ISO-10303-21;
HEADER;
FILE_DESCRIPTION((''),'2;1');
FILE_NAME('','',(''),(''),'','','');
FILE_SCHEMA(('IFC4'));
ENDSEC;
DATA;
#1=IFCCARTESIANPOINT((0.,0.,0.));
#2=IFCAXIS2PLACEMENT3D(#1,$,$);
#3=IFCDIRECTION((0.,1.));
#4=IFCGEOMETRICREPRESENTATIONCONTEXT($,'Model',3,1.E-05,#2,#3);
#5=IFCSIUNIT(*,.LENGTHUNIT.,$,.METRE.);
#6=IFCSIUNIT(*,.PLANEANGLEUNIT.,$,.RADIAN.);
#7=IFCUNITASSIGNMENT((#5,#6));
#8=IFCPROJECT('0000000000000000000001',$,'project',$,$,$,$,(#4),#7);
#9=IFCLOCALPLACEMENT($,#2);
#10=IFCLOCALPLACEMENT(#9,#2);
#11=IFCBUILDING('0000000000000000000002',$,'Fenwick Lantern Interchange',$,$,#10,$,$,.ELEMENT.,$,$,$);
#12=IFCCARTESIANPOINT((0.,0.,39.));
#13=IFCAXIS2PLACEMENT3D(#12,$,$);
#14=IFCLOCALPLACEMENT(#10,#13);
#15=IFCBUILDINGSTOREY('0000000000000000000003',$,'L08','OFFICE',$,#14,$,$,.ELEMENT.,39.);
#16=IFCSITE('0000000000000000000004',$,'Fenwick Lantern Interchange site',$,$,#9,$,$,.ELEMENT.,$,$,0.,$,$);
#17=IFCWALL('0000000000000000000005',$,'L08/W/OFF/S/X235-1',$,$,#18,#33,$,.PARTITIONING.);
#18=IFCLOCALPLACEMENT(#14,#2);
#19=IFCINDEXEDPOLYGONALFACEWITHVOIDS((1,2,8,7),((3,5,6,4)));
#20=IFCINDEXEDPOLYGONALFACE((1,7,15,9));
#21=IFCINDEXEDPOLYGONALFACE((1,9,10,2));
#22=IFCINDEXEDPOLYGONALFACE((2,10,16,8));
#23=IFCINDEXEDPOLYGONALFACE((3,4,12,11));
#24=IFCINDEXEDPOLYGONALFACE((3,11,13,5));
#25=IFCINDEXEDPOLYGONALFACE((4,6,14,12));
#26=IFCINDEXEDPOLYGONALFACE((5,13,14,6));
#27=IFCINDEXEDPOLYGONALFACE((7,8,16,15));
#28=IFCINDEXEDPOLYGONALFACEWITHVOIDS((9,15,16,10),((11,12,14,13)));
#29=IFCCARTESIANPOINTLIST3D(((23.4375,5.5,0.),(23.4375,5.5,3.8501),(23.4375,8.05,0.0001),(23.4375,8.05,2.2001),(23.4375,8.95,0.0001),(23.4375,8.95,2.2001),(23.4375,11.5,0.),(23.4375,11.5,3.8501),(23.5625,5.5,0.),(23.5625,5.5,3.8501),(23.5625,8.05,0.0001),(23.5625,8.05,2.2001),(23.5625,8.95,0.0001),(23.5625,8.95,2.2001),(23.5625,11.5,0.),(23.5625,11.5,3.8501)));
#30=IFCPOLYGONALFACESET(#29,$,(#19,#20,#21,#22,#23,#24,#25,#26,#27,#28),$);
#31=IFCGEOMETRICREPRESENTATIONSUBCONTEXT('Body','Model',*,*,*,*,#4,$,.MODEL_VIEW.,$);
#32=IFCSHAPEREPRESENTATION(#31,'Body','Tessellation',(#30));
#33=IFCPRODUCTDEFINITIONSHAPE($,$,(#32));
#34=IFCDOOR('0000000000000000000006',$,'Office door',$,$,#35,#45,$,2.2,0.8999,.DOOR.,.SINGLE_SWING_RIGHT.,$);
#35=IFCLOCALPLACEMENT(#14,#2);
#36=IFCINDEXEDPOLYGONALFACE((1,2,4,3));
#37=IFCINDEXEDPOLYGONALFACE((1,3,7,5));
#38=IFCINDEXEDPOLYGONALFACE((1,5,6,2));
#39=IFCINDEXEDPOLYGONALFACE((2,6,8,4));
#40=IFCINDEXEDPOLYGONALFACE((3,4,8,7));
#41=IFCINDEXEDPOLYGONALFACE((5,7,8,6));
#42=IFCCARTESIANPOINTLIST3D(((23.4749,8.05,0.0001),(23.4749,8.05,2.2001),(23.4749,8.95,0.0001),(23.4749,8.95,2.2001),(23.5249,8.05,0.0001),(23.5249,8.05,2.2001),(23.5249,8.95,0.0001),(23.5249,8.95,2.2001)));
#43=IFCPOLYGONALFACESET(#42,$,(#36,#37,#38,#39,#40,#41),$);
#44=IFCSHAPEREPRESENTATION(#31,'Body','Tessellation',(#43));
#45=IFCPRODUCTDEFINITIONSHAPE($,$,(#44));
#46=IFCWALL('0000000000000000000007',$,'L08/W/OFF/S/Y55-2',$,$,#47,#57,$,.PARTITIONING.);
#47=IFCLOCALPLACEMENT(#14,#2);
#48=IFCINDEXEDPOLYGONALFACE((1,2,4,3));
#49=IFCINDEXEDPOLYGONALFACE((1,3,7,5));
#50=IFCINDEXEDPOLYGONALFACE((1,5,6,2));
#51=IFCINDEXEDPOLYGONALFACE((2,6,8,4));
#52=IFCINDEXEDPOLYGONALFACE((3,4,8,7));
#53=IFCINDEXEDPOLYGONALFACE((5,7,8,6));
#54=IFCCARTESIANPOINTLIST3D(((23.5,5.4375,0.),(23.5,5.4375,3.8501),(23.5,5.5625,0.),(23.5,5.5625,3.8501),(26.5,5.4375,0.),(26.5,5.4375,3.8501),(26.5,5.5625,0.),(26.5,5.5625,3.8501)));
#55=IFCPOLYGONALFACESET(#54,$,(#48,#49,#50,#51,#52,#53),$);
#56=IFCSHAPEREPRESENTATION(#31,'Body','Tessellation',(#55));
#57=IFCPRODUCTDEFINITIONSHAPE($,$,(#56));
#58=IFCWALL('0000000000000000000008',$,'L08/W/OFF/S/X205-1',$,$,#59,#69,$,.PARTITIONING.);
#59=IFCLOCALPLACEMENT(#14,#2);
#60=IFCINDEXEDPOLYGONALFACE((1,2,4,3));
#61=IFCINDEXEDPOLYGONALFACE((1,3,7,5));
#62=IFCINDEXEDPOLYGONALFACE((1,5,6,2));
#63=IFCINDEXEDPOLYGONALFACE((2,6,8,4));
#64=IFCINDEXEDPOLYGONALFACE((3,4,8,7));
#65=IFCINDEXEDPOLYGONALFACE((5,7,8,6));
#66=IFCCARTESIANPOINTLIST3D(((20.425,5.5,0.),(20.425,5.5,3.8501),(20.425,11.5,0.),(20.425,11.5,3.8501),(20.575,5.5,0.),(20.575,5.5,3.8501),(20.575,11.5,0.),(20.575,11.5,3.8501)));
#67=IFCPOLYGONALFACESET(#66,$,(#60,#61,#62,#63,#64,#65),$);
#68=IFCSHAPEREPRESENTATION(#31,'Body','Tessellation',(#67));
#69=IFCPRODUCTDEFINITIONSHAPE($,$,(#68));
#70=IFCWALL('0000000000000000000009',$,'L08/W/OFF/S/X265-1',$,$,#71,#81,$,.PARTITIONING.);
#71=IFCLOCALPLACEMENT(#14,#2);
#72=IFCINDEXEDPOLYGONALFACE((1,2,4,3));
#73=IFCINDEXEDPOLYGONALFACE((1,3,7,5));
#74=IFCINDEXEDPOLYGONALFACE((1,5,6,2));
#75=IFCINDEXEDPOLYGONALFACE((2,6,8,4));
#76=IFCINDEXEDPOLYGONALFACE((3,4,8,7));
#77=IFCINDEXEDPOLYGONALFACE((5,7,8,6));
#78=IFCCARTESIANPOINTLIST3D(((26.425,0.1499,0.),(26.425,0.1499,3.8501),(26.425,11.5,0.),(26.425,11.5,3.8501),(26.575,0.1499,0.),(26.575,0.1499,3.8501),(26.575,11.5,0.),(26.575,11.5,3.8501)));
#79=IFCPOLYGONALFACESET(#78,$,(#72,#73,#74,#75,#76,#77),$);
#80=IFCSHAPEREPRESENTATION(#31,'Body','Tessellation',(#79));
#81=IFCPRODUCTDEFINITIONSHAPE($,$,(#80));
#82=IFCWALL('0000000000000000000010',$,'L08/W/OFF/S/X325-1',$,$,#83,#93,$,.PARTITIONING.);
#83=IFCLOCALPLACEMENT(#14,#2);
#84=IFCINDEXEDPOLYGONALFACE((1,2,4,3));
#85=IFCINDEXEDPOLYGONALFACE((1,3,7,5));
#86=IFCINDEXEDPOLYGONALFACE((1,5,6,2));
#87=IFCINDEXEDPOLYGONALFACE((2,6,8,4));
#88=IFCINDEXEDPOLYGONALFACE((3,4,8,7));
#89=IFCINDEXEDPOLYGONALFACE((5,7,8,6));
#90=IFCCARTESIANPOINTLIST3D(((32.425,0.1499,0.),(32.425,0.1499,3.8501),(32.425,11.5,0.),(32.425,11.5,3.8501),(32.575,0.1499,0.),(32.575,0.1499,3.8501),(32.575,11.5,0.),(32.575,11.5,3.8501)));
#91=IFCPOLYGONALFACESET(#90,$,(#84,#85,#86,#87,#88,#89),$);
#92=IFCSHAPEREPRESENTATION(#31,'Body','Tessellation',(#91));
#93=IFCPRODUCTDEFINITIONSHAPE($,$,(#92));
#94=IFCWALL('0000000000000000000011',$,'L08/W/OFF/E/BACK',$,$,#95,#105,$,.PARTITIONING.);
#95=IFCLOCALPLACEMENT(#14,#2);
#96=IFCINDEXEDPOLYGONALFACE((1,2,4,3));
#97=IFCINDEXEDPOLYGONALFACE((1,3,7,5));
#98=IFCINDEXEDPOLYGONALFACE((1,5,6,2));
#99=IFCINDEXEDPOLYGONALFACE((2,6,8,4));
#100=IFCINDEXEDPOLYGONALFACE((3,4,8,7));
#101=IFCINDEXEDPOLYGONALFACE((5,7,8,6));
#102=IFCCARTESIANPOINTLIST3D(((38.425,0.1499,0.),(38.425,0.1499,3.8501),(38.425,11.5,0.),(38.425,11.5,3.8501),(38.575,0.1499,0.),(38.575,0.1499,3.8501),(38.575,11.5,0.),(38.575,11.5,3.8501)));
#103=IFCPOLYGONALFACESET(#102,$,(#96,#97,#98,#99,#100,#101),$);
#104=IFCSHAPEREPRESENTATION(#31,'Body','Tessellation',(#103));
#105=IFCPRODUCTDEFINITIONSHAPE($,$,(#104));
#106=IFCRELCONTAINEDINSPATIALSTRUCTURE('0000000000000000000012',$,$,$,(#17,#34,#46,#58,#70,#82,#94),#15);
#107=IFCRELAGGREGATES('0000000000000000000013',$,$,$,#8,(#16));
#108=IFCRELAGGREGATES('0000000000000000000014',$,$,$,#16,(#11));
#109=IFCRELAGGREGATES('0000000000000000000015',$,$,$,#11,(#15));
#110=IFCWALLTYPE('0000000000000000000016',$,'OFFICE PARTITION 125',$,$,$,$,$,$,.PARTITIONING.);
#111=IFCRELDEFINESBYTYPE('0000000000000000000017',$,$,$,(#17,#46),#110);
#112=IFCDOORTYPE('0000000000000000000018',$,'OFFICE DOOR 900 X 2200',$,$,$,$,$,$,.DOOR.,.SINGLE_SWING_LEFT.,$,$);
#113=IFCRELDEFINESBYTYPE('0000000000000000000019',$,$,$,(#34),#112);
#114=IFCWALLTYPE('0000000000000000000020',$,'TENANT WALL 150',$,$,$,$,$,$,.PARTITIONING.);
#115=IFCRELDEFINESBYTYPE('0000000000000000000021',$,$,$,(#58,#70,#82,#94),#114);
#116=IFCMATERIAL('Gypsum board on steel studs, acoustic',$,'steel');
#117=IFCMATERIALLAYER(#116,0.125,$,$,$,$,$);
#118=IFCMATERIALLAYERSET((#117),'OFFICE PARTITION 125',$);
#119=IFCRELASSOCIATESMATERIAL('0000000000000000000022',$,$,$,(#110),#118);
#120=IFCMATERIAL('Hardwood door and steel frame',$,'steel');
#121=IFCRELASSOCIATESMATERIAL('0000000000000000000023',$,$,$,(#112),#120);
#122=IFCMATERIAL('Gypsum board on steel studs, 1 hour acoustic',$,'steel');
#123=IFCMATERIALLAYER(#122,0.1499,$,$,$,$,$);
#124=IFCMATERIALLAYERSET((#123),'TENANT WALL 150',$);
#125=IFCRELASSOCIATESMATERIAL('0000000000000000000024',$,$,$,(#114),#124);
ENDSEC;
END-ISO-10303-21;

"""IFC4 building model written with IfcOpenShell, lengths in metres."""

from ifc_helpers import new_model, si_unit, direction, frame, frame_2d, origin, place, context, subcontext, project, spatial, rectangle, extrude, material, layer, layer_set, type_object, element, fill, save


model = new_model("IFC4")

# Units and contexts
model_context = context("Model", 3, precision=1e-05, world=origin(), true_north=direction((0.0, 1.0)))
body_context = subcontext(model_context, "Body", "Model", "MODEL_VIEW")
ifc_project = project(units=[si_unit("LENGTHUNIT", "METRE"), si_unit("PLANEANGLEUNIT", "RADIAN")], contexts=[model_context])

# Site, building, storey
site_placement = place(None, origin())
site = spatial("IfcSite", under=ifc_project, at=site_placement, Name="Fenwick Lantern Interchange site", CompositionType="ELEMENT", RefElevation=0.0)
building_placement = place(site_placement, origin())
building = spatial("IfcBuilding", under=site, at=building_placement, Name="Fenwick Lantern Interchange", CompositionType="ELEMENT")
storey_placement = place(building_placement, frame((0.0, 0.0, 39.0)))
storey = spatial("IfcBuildingStorey", under=building, at=storey_placement, Name="L08", Description="OFFICE", CompositionType="ELEMENT", Elevation=39.0)

# Wall, opening, door
ifc_material_1 = material(Name="Gypsum board on steel studs, acoustic", Category="steel")
ifc_layer_1 = layer(ifc_material_1, 0.125)
ifc_layer_set_1 = layer_set([ifc_layer_1], Name="OFFICE PARTITION 125")
wall_type_1 = type_object("IfcWallType", Name="OFFICE PARTITION 125", PredefinedType="PARTITIONING", material=ifc_layer_set_1)
wall_1_placement = place(storey_placement, frame((23.5, 5.5, 0.0), z_axis=(0.0, 0.0, 1.0), x_axis=(0.0, 1.0, 0.0)))
wall_1 = element("IfcWall", 1, at=wall_1_placement, inside=storey, type_object=wall_type_1, Name="L08/W/OFF/S/X235-1", PredefinedType="PARTITIONING", context=body_context, shape_type="SweptSolid", body=[
    extrude(rectangle(XDim=6.0, YDim=0.125, at=frame_2d((3.0, 0.0))), origin(), (0.0, 0.0, 1.0), 3.8501),
])
opening_placement = place(wall_1_placement, frame((2.55, 0.0, 0.0)))
opening = element("IfcOpeningElement", 2, at=opening_placement, cuts=wall_1, PredefinedType="OPENING", context=body_context, shape_type="SweptSolid", body=[
    extrude(rectangle(XDim=0.8999, YDim=2.2, at=frame_2d((0.45, 1.1001))), frame((0.0, 0.0725, 0.0), z_axis=(0.0, -1.0, 0.0), x_axis=(1.0, 0.0, 0.0)), (0.0, 0.0, 1.0), 0.145),
])
ifc_material_2 = material(Name="Hardwood door and steel frame", Category="steel")
door_type = type_object("IfcDoorType", Name="OFFICE DOOR 900 X 2200", OperationType="SINGLE_SWING_LEFT", PredefinedType="DOOR", material=ifc_material_2)
door_placement = place(opening_placement, frame((0.8999, 0.0, 0.0), z_axis=(0.0, 0.0, 1.0), x_axis=(-1.0, 0.0, 0.0)))
door = element("IfcDoor", 3, at=door_placement, inside=storey, type_object=door_type, Name="Office door", OperationType="SINGLE_SWING_RIGHT", OverallHeight=2.2, OverallWidth=0.8999, PredefinedType="DOOR", context=body_context, shape_type="SweptSolid", body=[
    extrude(rectangle(XDim=0.8999, YDim=2.2, at=frame_2d((0.45, 1.1001))), frame((0.0, 0.0249, 0.0), z_axis=(0.0, -1.0, 0.0), x_axis=(1.0, 0.0, 0.0)), (0.0, 0.0, 1.0), 0.05),
])
fill(opening, door)

# Walls
wall_2_placement = place(storey_placement, frame((23.5, 5.5, 0.0), z_axis=(0.0, 0.0, 1.0), x_axis=(1.0, 0.0, 0.0)))
element("IfcWall", 4, at=wall_2_placement, inside=storey, type_object=wall_type_1, Name="L08/W/OFF/S/Y55-2", PredefinedType="PARTITIONING", context=body_context, shape_type="SweptSolid", body=[
    extrude(rectangle(XDim=3.0, YDim=0.125, at=frame_2d((1.5, 0.0))), origin(), (0.0, 0.0, 1.0), 3.8501),
])
ifc_material_3 = material(Name="Gypsum board on steel studs, 1 hour acoustic", Category="steel")
ifc_layer_2 = layer(ifc_material_3, 0.1499)
ifc_layer_set_2 = layer_set([ifc_layer_2], Name="TENANT WALL 150")
wall_type_2 = type_object("IfcWallType", Name="TENANT WALL 150", PredefinedType="PARTITIONING", material=ifc_layer_set_2)
wall_3_placement = place(storey_placement, frame((20.5, 5.5, 0.0), z_axis=(0.0, 0.0, 1.0), x_axis=(0.0, 1.0, 0.0)))
element("IfcWall", 5, at=wall_3_placement, inside=storey, type_object=wall_type_2, Name="L08/W/OFF/S/X205-1", PredefinedType="PARTITIONING", context=body_context, shape_type="SweptSolid", body=[
    extrude(rectangle(XDim=6.0, YDim=0.1499, at=frame_2d((3.0, 0.0))), origin(), (0.0, 0.0, 1.0), 3.8501),
])
for number, where, z_axis, x_axis, name in (
    (6, (26.5, 0.1499, 0.0), (0.0, 0.0, 1.0), (0.0, 1.0, 0.0), "L08/W/OFF/S/X265-1"),
    (7, (32.5, 0.1499, 0.0), (0.0, 0.0, 1.0), (0.0, 1.0, 0.0), "L08/W/OFF/S/X325-1"),
    (8, (38.5, 0.1499, 0.0), (0.0, 0.0, 1.0), (0.0, 1.0, 0.0), "L08/W/OFF/E/BACK"),
):
    element("IfcWall", number, at=place(storey_placement, frame(where, z_axis=z_axis, x_axis=x_axis)), inside=storey, type_object=wall_type_2, Name=name, PredefinedType="PARTITIONING", context=body_context, shape_type="SweptSolid", body=[
        extrude(rectangle(XDim=11.3501, YDim=0.1499, at=frame_2d((5.675, 0.0))), origin(), (0.0, 0.0, 1.0), 3.8501),
    ])

save(model, "model.ifc")
